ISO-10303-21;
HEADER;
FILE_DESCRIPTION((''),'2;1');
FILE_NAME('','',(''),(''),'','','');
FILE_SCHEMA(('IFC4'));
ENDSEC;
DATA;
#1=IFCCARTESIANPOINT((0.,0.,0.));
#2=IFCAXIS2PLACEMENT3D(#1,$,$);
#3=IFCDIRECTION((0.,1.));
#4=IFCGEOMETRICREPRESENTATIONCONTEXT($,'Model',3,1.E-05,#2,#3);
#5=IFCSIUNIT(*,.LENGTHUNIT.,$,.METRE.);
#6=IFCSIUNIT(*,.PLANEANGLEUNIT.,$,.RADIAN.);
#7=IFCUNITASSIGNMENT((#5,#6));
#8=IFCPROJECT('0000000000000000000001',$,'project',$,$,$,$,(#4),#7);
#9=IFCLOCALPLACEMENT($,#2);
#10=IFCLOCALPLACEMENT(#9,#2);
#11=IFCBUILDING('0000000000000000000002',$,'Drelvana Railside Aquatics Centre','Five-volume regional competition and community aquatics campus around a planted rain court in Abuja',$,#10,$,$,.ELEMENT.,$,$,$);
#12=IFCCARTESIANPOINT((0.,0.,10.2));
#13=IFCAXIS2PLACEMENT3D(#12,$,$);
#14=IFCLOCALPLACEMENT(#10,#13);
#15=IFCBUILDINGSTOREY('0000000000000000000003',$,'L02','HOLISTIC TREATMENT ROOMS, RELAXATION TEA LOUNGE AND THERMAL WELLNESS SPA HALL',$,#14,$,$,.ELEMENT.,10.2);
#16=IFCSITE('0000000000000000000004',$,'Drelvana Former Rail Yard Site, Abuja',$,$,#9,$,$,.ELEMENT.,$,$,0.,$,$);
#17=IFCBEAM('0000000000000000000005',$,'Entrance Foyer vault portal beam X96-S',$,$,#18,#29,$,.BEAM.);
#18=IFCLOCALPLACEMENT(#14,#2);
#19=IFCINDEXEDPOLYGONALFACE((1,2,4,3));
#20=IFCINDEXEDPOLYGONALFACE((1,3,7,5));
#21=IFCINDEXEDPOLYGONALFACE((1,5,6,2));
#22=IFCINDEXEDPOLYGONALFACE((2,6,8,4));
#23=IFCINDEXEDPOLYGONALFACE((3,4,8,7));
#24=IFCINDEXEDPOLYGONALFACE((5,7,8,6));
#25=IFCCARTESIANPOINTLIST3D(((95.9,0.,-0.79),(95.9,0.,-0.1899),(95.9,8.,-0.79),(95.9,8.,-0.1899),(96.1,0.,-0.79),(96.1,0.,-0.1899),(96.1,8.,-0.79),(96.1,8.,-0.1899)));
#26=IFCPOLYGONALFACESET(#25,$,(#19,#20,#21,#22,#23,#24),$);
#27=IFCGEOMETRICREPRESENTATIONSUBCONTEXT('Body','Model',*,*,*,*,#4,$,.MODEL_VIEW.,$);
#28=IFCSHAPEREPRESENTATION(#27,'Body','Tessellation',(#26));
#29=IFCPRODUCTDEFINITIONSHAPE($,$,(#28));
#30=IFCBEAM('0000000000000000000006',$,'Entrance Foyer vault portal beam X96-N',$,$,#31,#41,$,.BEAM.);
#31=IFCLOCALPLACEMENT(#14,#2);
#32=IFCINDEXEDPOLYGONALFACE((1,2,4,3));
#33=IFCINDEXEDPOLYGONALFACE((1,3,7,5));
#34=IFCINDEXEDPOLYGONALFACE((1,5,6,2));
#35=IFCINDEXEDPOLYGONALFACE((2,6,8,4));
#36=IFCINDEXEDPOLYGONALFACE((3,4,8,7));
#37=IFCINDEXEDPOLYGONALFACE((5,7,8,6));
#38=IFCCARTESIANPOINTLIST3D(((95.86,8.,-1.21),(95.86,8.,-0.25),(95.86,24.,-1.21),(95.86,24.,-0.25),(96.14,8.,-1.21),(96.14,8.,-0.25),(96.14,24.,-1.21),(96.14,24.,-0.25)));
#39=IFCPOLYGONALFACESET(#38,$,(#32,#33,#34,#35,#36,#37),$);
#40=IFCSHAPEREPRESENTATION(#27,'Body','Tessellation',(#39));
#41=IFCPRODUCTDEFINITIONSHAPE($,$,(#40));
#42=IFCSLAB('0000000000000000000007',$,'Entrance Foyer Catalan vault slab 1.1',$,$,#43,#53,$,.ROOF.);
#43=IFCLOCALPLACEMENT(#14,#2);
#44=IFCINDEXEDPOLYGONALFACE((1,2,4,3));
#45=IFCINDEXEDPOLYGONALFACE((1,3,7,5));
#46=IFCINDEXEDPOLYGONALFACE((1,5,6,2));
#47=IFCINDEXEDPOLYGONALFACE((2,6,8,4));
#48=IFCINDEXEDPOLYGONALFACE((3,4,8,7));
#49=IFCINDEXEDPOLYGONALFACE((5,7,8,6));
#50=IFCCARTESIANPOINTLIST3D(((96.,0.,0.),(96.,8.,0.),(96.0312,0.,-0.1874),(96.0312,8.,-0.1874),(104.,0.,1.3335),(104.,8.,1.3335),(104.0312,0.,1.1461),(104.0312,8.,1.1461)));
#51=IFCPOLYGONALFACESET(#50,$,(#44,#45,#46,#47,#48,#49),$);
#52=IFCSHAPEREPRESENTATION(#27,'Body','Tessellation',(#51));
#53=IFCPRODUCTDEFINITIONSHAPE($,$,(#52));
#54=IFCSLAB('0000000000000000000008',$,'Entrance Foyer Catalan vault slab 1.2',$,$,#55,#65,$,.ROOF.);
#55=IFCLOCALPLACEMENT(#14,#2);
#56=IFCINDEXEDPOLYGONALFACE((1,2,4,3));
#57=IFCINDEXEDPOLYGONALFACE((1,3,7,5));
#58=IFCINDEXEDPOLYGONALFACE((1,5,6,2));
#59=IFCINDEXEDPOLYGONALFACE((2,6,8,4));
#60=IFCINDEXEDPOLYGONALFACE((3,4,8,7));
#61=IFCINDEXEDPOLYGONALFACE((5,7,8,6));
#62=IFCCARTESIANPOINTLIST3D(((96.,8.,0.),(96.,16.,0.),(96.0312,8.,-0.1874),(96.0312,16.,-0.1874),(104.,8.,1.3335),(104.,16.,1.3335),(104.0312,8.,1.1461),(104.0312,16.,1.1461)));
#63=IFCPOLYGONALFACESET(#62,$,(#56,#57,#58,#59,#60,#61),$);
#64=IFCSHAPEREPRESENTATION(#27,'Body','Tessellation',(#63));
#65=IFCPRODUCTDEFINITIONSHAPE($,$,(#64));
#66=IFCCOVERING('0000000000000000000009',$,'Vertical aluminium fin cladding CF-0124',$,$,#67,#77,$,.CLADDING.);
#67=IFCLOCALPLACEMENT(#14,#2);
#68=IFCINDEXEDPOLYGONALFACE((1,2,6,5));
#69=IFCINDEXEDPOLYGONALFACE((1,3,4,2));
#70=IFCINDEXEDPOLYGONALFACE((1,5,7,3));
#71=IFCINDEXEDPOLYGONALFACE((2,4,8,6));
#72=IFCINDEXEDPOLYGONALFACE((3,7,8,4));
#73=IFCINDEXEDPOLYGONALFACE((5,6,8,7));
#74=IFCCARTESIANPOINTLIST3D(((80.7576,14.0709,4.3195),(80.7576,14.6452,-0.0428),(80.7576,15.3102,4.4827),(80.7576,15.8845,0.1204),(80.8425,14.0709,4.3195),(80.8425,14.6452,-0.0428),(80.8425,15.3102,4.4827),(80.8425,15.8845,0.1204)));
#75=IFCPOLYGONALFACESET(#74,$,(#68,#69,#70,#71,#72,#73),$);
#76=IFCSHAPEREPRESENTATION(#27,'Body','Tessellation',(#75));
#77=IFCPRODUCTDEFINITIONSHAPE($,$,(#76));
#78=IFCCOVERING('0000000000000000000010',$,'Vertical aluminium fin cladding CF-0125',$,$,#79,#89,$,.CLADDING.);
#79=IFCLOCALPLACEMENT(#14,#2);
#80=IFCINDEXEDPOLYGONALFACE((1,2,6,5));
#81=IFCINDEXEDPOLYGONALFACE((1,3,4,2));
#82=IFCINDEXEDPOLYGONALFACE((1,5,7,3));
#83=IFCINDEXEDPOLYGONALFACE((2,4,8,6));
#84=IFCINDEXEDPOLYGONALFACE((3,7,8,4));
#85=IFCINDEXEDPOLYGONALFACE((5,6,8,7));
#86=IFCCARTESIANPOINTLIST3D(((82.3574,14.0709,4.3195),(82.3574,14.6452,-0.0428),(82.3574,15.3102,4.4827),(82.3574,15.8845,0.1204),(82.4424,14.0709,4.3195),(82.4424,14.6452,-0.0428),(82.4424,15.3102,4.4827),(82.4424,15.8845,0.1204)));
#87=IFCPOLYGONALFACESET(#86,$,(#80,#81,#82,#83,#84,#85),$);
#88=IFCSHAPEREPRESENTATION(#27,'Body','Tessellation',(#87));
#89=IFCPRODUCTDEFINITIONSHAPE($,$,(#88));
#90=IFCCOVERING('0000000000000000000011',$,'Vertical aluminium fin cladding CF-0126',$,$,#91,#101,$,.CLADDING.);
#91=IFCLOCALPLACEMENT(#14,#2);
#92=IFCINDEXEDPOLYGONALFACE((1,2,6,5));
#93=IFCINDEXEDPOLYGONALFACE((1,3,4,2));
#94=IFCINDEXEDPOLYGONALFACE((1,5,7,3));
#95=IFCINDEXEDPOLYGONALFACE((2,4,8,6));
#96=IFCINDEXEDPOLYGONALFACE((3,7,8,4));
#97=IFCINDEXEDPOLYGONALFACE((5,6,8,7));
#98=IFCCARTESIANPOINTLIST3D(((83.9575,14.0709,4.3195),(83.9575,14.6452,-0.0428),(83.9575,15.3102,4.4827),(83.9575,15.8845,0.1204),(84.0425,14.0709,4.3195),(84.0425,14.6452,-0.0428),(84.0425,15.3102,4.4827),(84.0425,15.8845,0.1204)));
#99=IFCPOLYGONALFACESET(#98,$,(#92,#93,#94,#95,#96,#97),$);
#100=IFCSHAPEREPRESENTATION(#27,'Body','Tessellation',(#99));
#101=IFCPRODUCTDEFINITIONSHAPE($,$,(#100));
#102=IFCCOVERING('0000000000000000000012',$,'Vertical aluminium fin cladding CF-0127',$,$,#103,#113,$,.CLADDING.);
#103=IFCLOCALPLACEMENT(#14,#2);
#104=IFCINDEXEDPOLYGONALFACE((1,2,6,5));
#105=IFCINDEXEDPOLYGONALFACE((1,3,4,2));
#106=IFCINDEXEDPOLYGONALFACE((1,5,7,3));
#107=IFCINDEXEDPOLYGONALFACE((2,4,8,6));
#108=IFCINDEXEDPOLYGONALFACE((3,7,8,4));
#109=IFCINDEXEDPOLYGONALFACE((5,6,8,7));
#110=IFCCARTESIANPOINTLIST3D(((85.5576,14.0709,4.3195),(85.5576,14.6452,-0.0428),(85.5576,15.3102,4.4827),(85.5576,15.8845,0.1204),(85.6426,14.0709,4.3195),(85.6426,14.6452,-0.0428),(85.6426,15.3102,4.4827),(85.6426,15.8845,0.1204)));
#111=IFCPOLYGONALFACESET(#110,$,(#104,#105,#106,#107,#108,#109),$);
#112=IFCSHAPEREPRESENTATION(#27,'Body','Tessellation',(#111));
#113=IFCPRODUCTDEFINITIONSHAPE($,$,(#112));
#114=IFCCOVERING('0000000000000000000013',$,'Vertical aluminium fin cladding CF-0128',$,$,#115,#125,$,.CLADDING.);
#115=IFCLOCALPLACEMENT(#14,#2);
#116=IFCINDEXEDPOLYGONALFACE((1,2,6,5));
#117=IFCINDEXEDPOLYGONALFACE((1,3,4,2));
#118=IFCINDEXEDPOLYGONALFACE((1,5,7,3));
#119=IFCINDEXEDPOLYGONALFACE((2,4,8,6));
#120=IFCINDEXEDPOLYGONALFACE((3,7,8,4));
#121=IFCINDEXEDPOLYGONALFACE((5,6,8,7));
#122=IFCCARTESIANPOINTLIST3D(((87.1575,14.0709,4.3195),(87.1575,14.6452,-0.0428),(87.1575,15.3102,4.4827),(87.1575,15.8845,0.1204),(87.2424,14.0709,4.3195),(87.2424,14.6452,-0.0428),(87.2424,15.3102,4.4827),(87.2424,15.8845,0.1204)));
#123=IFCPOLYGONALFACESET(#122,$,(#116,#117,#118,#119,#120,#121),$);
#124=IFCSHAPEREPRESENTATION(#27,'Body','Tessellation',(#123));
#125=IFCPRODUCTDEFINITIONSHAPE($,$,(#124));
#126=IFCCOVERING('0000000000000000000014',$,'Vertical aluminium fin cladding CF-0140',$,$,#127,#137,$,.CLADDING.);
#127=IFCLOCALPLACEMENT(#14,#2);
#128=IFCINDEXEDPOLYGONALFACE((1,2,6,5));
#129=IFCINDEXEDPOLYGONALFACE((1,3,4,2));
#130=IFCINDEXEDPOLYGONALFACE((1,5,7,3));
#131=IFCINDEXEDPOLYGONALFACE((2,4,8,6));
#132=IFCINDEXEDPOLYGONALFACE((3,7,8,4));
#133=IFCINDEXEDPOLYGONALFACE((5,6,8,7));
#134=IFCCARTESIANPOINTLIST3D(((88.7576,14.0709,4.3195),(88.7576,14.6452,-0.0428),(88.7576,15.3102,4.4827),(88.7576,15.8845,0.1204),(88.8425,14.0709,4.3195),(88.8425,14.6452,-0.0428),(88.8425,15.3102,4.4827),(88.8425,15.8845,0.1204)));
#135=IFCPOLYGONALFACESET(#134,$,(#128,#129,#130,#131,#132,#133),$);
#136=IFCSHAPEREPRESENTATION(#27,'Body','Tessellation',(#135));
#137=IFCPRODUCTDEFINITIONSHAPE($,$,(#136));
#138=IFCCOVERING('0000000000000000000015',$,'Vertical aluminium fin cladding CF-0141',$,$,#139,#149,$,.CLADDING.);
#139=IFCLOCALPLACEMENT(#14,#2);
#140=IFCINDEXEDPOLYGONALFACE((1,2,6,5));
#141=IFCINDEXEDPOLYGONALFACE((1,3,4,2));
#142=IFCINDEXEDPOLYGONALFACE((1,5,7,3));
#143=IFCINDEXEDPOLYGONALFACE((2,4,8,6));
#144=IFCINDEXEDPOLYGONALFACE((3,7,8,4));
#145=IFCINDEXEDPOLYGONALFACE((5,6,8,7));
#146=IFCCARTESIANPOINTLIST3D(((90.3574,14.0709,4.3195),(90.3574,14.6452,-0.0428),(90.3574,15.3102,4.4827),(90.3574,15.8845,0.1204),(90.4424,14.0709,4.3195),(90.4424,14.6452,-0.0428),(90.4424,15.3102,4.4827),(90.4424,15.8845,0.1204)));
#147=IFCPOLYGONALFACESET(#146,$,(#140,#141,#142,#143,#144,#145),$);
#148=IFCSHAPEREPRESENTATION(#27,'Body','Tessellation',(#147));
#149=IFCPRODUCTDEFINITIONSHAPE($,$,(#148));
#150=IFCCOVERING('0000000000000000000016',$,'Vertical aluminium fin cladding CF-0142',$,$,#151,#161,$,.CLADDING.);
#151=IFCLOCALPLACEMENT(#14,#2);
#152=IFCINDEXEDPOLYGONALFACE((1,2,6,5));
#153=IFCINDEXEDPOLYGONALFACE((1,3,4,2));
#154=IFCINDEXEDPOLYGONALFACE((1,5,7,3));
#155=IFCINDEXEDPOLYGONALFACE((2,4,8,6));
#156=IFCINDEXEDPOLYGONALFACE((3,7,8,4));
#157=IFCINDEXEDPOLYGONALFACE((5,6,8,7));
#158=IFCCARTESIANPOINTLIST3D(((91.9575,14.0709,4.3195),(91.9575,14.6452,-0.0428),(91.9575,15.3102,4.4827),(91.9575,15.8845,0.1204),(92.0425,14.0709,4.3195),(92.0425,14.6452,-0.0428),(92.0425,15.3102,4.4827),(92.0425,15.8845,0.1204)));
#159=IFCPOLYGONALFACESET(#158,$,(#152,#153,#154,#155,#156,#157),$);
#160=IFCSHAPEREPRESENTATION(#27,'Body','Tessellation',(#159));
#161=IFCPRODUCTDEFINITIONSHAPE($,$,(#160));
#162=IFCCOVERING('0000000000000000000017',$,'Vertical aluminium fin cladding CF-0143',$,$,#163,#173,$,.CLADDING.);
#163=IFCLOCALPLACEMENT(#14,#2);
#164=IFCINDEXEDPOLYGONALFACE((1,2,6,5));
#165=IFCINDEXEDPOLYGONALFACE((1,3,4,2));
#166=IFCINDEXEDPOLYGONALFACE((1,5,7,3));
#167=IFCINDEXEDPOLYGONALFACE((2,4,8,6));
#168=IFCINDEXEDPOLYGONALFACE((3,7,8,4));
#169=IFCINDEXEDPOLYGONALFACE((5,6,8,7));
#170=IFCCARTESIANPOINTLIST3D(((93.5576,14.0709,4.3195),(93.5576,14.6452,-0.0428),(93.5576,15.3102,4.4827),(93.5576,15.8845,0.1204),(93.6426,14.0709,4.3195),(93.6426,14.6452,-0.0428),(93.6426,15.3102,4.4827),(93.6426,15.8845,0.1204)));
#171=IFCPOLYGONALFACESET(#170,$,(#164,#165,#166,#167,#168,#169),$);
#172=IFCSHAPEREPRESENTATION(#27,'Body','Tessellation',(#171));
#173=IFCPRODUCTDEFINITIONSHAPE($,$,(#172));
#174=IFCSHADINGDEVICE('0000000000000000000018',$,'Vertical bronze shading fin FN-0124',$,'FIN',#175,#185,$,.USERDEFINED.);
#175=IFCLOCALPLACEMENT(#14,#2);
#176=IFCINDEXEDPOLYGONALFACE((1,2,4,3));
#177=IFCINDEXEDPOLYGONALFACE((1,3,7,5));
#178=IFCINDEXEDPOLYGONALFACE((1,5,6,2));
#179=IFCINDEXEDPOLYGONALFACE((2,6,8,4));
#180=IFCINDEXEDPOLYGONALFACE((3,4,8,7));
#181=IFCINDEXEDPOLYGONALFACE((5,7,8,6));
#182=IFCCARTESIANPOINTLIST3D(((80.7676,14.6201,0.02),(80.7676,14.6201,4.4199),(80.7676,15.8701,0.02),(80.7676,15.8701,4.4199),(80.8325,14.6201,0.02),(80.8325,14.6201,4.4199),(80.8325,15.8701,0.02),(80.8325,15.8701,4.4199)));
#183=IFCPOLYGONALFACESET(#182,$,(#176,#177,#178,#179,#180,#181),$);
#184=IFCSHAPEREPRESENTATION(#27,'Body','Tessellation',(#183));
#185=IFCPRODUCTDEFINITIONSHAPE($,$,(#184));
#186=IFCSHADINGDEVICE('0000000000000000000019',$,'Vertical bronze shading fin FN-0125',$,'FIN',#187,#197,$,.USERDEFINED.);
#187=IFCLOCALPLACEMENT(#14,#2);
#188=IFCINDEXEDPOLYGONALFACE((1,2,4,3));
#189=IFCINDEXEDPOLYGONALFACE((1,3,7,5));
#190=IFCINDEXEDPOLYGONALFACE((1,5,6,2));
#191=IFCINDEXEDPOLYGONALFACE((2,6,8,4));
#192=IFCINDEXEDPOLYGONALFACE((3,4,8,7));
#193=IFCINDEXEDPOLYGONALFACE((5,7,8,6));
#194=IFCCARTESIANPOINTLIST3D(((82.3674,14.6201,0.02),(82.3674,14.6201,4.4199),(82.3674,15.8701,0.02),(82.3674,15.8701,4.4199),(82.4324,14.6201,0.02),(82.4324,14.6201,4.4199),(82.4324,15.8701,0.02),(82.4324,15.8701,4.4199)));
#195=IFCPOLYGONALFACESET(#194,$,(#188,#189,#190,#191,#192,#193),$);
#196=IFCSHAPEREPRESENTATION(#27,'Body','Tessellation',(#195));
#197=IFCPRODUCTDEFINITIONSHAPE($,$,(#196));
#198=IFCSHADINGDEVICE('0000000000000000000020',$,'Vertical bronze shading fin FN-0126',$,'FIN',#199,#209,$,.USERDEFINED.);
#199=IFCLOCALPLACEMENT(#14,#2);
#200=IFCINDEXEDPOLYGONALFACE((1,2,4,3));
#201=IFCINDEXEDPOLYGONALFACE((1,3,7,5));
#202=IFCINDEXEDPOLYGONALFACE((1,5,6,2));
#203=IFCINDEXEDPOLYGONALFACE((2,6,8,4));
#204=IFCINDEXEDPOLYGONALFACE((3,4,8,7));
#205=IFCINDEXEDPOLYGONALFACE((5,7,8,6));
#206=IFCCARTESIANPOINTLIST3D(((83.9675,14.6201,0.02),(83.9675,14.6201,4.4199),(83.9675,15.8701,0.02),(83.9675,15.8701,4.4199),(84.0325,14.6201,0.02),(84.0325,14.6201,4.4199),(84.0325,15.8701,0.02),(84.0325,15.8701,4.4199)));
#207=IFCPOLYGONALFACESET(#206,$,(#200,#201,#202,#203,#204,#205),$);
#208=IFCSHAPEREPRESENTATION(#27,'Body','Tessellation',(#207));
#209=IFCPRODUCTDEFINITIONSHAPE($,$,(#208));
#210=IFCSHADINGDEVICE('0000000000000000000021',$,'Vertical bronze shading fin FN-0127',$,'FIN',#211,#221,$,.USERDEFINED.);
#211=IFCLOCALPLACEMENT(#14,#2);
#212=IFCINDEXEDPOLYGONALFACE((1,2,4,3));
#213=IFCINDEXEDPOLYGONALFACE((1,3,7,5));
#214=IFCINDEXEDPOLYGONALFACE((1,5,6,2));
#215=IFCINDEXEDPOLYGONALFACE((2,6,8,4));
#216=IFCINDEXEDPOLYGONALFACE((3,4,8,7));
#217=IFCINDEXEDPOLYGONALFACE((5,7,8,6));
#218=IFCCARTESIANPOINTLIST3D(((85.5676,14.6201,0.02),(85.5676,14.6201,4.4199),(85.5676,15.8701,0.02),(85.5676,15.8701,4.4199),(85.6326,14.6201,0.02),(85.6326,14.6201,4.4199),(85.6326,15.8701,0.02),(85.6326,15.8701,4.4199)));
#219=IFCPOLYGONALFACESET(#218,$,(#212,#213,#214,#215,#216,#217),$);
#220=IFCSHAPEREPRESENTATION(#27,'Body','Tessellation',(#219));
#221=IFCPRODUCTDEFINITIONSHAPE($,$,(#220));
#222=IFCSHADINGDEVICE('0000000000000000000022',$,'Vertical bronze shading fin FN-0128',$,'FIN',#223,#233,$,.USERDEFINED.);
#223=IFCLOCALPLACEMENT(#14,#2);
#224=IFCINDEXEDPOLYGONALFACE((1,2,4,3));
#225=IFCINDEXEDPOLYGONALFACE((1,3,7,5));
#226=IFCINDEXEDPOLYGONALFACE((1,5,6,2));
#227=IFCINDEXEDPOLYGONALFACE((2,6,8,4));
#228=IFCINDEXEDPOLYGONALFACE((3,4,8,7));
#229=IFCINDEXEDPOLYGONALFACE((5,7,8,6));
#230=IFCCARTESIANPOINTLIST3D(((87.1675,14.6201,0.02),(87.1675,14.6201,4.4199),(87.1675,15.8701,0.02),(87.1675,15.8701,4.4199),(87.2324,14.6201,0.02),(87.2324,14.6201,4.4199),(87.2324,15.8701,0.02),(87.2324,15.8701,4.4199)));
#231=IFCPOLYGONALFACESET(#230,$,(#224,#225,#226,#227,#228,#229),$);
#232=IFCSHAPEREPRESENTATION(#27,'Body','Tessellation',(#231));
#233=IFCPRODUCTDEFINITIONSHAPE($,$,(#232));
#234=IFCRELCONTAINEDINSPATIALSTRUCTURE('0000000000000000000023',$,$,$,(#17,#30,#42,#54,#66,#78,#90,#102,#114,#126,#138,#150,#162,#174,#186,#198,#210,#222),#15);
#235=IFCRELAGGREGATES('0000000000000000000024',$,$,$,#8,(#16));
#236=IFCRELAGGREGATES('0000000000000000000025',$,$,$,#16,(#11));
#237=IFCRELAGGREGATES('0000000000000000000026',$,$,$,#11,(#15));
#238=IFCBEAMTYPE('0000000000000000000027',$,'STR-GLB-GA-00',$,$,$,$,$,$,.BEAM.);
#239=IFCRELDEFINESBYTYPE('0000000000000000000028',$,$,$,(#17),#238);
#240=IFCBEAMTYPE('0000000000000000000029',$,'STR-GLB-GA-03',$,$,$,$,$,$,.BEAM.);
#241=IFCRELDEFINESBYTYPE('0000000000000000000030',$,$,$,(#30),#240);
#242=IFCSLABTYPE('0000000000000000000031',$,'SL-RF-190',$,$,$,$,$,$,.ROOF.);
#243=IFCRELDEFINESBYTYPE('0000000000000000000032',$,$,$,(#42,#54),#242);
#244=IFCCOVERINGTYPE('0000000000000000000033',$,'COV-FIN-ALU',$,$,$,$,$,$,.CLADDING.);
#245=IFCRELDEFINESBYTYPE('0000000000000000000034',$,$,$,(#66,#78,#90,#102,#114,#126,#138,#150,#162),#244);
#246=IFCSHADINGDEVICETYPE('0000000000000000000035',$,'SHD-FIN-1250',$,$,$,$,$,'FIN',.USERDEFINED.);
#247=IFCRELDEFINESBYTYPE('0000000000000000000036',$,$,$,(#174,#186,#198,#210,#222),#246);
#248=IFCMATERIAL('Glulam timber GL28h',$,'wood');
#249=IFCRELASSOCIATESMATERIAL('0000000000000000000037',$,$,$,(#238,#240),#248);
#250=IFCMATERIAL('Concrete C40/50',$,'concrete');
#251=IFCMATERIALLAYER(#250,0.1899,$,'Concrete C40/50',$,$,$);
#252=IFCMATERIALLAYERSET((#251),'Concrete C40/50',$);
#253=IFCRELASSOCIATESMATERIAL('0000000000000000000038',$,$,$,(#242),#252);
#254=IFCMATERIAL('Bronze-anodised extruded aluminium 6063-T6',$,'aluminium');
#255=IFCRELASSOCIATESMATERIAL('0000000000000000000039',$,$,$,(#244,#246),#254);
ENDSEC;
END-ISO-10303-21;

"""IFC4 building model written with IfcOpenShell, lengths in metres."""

from ifc_helpers import new_model, si_unit, direction, frame, origin, origin_2d, place, context, subcontext, project, spatial, polyline, rectangle, outline, extrude, material, layer, layer_set, material_profile, profile_set, type_object, element, save


model = new_model("IFC4")

# Units and contexts
model_context = context("Model", 3, precision=1e-05, world=origin(), true_north=direction((0.0, 1.0)))
body_context = subcontext(model_context, "Body", "Model", "MODEL_VIEW")
ifc_project = project(units=[si_unit("LENGTHUNIT", "METRE"), si_unit("PLANEANGLEUNIT", "RADIAN")], contexts=[model_context])

# Site, building, storey
site_placement = place(None, origin())
site = spatial("IfcSite", under=ifc_project, at=site_placement, Name="Drelvana Former Rail Yard Site, Abuja", CompositionType="ELEMENT", RefElevation=0.0)
building_placement = place(site_placement, origin())
building = spatial("IfcBuilding", under=site, at=building_placement, Name="Drelvana Railside Aquatics Centre", Description="Five-volume regional competition and community aquatics campus around a planted rain court in Abuja", CompositionType="ELEMENT")
storey_placement = place(building_placement, frame((0.0, 0.0, 10.2)))
storey = spatial("IfcBuildingStorey", under=building, at=storey_placement, Name="L02", Description="HOLISTIC TREATMENT ROOMS, RELAXATION TEA LOUNGE AND THERMAL WELLNESS SPA HALL", CompositionType="ELEMENT", Elevation=10.2)

# Beams
ifc_material_1 = material(Name="Glulam timber GL28h", Category="wood")
ifc_material_profile_1 = material_profile(ifc_material_1, rectangle(XDim=0.2, YDim=0.6001, at=origin_2d()), Name="GL28h 200x600")
ifc_profile_set_1 = profile_set([ifc_material_profile_1], Name="Glulam timber GL28h")
beam_type_1 = type_object("IfcBeamType", Name="STR-GLB-GA-00", PredefinedType="BEAM", material=ifc_profile_set_1)
beam_1_placement = place(storey_placement, frame((96.0, 0.0, -0.49), z_axis=(0.0, 1.0, 0.0), x_axis=(-1.0, 0.0, 0.0)))
element("IfcBeam", 1, at=beam_1_placement, inside=storey, type_object=beam_type_1, Name="Entrance Foyer vault portal beam X96-S", PredefinedType="BEAM", context=body_context, shape_type="SweptSolid", body=[
    extrude(rectangle(XDim=0.2, YDim=0.6001, at=origin_2d()), origin(), (0.0, 0.0, 1.0), 8.0),
])
ifc_material_profile_2 = material_profile(ifc_material_1, rectangle(XDim=0.28, YDim=0.96, at=origin_2d()), Name="GL28h 280x960")
ifc_profile_set_2 = profile_set([ifc_material_profile_2], Name="Glulam timber GL28h")
beam_type_2 = type_object("IfcBeamType", Name="STR-GLB-GA-03", PredefinedType="BEAM", material=ifc_profile_set_2)
beam_2_placement = place(storey_placement, frame((96.0, 8.0, -0.73), z_axis=(0.0, 1.0, 0.0), x_axis=(-1.0, 0.0, 0.0)))
element("IfcBeam", 2, at=beam_2_placement, inside=storey, type_object=beam_type_2, Name="Entrance Foyer vault portal beam X96-N", PredefinedType="BEAM", context=body_context, shape_type="SweptSolid", body=[
    extrude(rectangle(XDim=0.28, YDim=0.96, at=origin_2d()), origin(), (0.0, 0.0, 1.0), 16.0),
])

# Slabs
ifc_material_2 = material(Name="Concrete C40/50", Category="concrete")
ifc_layer = layer(ifc_material_2, 0.1899, Name="Concrete C40/50")
ifc_layer_set = layer_set([ifc_layer], Name="Concrete C40/50")
slab_type = type_object("IfcSlabType", Name="SL-RF-190", PredefinedType="ROOF", material=ifc_layer_set)
for number, where, z_axis, x_axis, name in (
    (3, (96.0, 0.0, 0.0), (-0.164419, 0.0, 0.986391), (0.986391, 0.0, 0.164419), "Entrance Foyer Catalan vault slab 1.1"),
    (4, (96.0, 8.0, 0.0), (-0.164419, 0.0, 0.986391), (0.986391, 0.0, 0.164419), "Entrance Foyer Catalan vault slab 1.2"),
):
    element("IfcSlab", number, at=place(storey_placement, frame(where, z_axis=z_axis, x_axis=x_axis)), inside=storey, type_object=slab_type, Name=name, PredefinedType="ROOF", context=body_context, shape_type="SweptSolid", body=[
        extrude(outline(polyline([(0.0, 0.0), (8.1104, 0.0), (8.1104, 8.0), (0.0, 8.0), (0.0, 0.0)])), origin(), (0.0, 0.0, -1.0), 0.1899),
    ])

# Coverings
ifc_material_3 = material(Name="Bronze-anodised extruded aluminium 6063-T6", Category="aluminium")
covering_type = type_object("IfcCoveringType", Name="COV-FIN-ALU", PredefinedType="CLADDING", material=ifc_material_3)
for number, where, z_axis, x_axis, name in (
    (5, (80.8, 15.2649, 0.0388), (0.0, -0.130526, 0.991445), (-1.0, 0.0, 0.0), "Vertical aluminium fin cladding CF-0124"),
    (6, (82.3999, 15.2649, 0.0388), (0.0, -0.130526, 0.991445), (-1.0, 0.0, 0.0), "Vertical aluminium fin cladding CF-0125"),
    (7, (84.0, 15.2649, 0.0388), (0.0, -0.130526, 0.991445), (-1.0, 0.0, 0.0), "Vertical aluminium fin cladding CF-0126"),
    (8, (85.6001, 15.2649, 0.0388), (0.0, -0.130526, 0.991445), (-1.0, 0.0, 0.0), "Vertical aluminium fin cladding CF-0127"),
    (9, (87.2, 15.2649, 0.0388), (0.0, -0.130526, 0.991445), (-1.0, 0.0, 0.0), "Vertical aluminium fin cladding CF-0128"),
    (10, (88.8, 15.2649, 0.0388), (0.0, -0.130526, 0.991445), (-1.0, 0.0, 0.0), "Vertical aluminium fin cladding CF-0140"),
    (11, (90.3999, 15.2649, 0.0388), (0.0, -0.130526, 0.991445), (-1.0, 0.0, 0.0), "Vertical aluminium fin cladding CF-0141"),
    (12, (92.0, 15.2649, 0.0388), (0.0, -0.130526, 0.991445), (-1.0, 0.0, 0.0), "Vertical aluminium fin cladding CF-0142"),
    (13, (93.6001, 15.2649, 0.0388), (0.0, -0.130526, 0.991445), (-1.0, 0.0, 0.0), "Vertical aluminium fin cladding CF-0143"),
):
    element("IfcCovering", number, at=place(storey_placement, frame(where, z_axis=z_axis, x_axis=x_axis)), inside=storey, type_object=covering_type, Name=name, PredefinedType="CLADDING", context=body_context, shape_type="SweptSolid", body=[
        extrude(rectangle(XDim=0.085, YDim=1.25, at=origin_2d()), origin(), (0.0, 0.0, 1.0), 4.3999),
    ])

# Shading devices
shading_device_type = type_object("IfcShadingDeviceType", Name="SHD-FIN-1250", ElementType="FIN", PredefinedType="USERDEFINED", material=ifc_material_3)
for number, where, z_axis, x_axis, name in (
    (14, (80.8, 15.2451, 0.02), (0.0, 0.0, 1.0), (0.0, -1.0, 0.0), "Vertical bronze shading fin FN-0124"),
    (15, (82.3999, 15.2451, 0.02), (0.0, 0.0, 1.0), (0.0, -1.0, 0.0), "Vertical bronze shading fin FN-0125"),
    (16, (84.0, 15.2451, 0.02), (0.0, 0.0, 1.0), (0.0, -1.0, 0.0), "Vertical bronze shading fin FN-0126"),
    (17, (85.6001, 15.2451, 0.02), (0.0, 0.0, 1.0), (0.0, -1.0, 0.0), "Vertical bronze shading fin FN-0127"),
    (18, (87.2, 15.2451, 0.02), (0.0, 0.0, 1.0), (0.0, -1.0, 0.0), "Vertical bronze shading fin FN-0128"),
):
    element("IfcShadingDevice", number, at=place(storey_placement, frame(where, z_axis=z_axis, x_axis=x_axis)), inside=storey, type_object=shading_device_type, Name=name, ObjectType="FIN", PredefinedType="USERDEFINED", context=body_context, shape_type="SweptSolid", body=[
        extrude(rectangle(XDim=1.25, YDim=0.0649, at=origin_2d()), origin(), (0.0, 0.0, 1.0), 4.3999),
    ])

save(model, "model.ifc")
